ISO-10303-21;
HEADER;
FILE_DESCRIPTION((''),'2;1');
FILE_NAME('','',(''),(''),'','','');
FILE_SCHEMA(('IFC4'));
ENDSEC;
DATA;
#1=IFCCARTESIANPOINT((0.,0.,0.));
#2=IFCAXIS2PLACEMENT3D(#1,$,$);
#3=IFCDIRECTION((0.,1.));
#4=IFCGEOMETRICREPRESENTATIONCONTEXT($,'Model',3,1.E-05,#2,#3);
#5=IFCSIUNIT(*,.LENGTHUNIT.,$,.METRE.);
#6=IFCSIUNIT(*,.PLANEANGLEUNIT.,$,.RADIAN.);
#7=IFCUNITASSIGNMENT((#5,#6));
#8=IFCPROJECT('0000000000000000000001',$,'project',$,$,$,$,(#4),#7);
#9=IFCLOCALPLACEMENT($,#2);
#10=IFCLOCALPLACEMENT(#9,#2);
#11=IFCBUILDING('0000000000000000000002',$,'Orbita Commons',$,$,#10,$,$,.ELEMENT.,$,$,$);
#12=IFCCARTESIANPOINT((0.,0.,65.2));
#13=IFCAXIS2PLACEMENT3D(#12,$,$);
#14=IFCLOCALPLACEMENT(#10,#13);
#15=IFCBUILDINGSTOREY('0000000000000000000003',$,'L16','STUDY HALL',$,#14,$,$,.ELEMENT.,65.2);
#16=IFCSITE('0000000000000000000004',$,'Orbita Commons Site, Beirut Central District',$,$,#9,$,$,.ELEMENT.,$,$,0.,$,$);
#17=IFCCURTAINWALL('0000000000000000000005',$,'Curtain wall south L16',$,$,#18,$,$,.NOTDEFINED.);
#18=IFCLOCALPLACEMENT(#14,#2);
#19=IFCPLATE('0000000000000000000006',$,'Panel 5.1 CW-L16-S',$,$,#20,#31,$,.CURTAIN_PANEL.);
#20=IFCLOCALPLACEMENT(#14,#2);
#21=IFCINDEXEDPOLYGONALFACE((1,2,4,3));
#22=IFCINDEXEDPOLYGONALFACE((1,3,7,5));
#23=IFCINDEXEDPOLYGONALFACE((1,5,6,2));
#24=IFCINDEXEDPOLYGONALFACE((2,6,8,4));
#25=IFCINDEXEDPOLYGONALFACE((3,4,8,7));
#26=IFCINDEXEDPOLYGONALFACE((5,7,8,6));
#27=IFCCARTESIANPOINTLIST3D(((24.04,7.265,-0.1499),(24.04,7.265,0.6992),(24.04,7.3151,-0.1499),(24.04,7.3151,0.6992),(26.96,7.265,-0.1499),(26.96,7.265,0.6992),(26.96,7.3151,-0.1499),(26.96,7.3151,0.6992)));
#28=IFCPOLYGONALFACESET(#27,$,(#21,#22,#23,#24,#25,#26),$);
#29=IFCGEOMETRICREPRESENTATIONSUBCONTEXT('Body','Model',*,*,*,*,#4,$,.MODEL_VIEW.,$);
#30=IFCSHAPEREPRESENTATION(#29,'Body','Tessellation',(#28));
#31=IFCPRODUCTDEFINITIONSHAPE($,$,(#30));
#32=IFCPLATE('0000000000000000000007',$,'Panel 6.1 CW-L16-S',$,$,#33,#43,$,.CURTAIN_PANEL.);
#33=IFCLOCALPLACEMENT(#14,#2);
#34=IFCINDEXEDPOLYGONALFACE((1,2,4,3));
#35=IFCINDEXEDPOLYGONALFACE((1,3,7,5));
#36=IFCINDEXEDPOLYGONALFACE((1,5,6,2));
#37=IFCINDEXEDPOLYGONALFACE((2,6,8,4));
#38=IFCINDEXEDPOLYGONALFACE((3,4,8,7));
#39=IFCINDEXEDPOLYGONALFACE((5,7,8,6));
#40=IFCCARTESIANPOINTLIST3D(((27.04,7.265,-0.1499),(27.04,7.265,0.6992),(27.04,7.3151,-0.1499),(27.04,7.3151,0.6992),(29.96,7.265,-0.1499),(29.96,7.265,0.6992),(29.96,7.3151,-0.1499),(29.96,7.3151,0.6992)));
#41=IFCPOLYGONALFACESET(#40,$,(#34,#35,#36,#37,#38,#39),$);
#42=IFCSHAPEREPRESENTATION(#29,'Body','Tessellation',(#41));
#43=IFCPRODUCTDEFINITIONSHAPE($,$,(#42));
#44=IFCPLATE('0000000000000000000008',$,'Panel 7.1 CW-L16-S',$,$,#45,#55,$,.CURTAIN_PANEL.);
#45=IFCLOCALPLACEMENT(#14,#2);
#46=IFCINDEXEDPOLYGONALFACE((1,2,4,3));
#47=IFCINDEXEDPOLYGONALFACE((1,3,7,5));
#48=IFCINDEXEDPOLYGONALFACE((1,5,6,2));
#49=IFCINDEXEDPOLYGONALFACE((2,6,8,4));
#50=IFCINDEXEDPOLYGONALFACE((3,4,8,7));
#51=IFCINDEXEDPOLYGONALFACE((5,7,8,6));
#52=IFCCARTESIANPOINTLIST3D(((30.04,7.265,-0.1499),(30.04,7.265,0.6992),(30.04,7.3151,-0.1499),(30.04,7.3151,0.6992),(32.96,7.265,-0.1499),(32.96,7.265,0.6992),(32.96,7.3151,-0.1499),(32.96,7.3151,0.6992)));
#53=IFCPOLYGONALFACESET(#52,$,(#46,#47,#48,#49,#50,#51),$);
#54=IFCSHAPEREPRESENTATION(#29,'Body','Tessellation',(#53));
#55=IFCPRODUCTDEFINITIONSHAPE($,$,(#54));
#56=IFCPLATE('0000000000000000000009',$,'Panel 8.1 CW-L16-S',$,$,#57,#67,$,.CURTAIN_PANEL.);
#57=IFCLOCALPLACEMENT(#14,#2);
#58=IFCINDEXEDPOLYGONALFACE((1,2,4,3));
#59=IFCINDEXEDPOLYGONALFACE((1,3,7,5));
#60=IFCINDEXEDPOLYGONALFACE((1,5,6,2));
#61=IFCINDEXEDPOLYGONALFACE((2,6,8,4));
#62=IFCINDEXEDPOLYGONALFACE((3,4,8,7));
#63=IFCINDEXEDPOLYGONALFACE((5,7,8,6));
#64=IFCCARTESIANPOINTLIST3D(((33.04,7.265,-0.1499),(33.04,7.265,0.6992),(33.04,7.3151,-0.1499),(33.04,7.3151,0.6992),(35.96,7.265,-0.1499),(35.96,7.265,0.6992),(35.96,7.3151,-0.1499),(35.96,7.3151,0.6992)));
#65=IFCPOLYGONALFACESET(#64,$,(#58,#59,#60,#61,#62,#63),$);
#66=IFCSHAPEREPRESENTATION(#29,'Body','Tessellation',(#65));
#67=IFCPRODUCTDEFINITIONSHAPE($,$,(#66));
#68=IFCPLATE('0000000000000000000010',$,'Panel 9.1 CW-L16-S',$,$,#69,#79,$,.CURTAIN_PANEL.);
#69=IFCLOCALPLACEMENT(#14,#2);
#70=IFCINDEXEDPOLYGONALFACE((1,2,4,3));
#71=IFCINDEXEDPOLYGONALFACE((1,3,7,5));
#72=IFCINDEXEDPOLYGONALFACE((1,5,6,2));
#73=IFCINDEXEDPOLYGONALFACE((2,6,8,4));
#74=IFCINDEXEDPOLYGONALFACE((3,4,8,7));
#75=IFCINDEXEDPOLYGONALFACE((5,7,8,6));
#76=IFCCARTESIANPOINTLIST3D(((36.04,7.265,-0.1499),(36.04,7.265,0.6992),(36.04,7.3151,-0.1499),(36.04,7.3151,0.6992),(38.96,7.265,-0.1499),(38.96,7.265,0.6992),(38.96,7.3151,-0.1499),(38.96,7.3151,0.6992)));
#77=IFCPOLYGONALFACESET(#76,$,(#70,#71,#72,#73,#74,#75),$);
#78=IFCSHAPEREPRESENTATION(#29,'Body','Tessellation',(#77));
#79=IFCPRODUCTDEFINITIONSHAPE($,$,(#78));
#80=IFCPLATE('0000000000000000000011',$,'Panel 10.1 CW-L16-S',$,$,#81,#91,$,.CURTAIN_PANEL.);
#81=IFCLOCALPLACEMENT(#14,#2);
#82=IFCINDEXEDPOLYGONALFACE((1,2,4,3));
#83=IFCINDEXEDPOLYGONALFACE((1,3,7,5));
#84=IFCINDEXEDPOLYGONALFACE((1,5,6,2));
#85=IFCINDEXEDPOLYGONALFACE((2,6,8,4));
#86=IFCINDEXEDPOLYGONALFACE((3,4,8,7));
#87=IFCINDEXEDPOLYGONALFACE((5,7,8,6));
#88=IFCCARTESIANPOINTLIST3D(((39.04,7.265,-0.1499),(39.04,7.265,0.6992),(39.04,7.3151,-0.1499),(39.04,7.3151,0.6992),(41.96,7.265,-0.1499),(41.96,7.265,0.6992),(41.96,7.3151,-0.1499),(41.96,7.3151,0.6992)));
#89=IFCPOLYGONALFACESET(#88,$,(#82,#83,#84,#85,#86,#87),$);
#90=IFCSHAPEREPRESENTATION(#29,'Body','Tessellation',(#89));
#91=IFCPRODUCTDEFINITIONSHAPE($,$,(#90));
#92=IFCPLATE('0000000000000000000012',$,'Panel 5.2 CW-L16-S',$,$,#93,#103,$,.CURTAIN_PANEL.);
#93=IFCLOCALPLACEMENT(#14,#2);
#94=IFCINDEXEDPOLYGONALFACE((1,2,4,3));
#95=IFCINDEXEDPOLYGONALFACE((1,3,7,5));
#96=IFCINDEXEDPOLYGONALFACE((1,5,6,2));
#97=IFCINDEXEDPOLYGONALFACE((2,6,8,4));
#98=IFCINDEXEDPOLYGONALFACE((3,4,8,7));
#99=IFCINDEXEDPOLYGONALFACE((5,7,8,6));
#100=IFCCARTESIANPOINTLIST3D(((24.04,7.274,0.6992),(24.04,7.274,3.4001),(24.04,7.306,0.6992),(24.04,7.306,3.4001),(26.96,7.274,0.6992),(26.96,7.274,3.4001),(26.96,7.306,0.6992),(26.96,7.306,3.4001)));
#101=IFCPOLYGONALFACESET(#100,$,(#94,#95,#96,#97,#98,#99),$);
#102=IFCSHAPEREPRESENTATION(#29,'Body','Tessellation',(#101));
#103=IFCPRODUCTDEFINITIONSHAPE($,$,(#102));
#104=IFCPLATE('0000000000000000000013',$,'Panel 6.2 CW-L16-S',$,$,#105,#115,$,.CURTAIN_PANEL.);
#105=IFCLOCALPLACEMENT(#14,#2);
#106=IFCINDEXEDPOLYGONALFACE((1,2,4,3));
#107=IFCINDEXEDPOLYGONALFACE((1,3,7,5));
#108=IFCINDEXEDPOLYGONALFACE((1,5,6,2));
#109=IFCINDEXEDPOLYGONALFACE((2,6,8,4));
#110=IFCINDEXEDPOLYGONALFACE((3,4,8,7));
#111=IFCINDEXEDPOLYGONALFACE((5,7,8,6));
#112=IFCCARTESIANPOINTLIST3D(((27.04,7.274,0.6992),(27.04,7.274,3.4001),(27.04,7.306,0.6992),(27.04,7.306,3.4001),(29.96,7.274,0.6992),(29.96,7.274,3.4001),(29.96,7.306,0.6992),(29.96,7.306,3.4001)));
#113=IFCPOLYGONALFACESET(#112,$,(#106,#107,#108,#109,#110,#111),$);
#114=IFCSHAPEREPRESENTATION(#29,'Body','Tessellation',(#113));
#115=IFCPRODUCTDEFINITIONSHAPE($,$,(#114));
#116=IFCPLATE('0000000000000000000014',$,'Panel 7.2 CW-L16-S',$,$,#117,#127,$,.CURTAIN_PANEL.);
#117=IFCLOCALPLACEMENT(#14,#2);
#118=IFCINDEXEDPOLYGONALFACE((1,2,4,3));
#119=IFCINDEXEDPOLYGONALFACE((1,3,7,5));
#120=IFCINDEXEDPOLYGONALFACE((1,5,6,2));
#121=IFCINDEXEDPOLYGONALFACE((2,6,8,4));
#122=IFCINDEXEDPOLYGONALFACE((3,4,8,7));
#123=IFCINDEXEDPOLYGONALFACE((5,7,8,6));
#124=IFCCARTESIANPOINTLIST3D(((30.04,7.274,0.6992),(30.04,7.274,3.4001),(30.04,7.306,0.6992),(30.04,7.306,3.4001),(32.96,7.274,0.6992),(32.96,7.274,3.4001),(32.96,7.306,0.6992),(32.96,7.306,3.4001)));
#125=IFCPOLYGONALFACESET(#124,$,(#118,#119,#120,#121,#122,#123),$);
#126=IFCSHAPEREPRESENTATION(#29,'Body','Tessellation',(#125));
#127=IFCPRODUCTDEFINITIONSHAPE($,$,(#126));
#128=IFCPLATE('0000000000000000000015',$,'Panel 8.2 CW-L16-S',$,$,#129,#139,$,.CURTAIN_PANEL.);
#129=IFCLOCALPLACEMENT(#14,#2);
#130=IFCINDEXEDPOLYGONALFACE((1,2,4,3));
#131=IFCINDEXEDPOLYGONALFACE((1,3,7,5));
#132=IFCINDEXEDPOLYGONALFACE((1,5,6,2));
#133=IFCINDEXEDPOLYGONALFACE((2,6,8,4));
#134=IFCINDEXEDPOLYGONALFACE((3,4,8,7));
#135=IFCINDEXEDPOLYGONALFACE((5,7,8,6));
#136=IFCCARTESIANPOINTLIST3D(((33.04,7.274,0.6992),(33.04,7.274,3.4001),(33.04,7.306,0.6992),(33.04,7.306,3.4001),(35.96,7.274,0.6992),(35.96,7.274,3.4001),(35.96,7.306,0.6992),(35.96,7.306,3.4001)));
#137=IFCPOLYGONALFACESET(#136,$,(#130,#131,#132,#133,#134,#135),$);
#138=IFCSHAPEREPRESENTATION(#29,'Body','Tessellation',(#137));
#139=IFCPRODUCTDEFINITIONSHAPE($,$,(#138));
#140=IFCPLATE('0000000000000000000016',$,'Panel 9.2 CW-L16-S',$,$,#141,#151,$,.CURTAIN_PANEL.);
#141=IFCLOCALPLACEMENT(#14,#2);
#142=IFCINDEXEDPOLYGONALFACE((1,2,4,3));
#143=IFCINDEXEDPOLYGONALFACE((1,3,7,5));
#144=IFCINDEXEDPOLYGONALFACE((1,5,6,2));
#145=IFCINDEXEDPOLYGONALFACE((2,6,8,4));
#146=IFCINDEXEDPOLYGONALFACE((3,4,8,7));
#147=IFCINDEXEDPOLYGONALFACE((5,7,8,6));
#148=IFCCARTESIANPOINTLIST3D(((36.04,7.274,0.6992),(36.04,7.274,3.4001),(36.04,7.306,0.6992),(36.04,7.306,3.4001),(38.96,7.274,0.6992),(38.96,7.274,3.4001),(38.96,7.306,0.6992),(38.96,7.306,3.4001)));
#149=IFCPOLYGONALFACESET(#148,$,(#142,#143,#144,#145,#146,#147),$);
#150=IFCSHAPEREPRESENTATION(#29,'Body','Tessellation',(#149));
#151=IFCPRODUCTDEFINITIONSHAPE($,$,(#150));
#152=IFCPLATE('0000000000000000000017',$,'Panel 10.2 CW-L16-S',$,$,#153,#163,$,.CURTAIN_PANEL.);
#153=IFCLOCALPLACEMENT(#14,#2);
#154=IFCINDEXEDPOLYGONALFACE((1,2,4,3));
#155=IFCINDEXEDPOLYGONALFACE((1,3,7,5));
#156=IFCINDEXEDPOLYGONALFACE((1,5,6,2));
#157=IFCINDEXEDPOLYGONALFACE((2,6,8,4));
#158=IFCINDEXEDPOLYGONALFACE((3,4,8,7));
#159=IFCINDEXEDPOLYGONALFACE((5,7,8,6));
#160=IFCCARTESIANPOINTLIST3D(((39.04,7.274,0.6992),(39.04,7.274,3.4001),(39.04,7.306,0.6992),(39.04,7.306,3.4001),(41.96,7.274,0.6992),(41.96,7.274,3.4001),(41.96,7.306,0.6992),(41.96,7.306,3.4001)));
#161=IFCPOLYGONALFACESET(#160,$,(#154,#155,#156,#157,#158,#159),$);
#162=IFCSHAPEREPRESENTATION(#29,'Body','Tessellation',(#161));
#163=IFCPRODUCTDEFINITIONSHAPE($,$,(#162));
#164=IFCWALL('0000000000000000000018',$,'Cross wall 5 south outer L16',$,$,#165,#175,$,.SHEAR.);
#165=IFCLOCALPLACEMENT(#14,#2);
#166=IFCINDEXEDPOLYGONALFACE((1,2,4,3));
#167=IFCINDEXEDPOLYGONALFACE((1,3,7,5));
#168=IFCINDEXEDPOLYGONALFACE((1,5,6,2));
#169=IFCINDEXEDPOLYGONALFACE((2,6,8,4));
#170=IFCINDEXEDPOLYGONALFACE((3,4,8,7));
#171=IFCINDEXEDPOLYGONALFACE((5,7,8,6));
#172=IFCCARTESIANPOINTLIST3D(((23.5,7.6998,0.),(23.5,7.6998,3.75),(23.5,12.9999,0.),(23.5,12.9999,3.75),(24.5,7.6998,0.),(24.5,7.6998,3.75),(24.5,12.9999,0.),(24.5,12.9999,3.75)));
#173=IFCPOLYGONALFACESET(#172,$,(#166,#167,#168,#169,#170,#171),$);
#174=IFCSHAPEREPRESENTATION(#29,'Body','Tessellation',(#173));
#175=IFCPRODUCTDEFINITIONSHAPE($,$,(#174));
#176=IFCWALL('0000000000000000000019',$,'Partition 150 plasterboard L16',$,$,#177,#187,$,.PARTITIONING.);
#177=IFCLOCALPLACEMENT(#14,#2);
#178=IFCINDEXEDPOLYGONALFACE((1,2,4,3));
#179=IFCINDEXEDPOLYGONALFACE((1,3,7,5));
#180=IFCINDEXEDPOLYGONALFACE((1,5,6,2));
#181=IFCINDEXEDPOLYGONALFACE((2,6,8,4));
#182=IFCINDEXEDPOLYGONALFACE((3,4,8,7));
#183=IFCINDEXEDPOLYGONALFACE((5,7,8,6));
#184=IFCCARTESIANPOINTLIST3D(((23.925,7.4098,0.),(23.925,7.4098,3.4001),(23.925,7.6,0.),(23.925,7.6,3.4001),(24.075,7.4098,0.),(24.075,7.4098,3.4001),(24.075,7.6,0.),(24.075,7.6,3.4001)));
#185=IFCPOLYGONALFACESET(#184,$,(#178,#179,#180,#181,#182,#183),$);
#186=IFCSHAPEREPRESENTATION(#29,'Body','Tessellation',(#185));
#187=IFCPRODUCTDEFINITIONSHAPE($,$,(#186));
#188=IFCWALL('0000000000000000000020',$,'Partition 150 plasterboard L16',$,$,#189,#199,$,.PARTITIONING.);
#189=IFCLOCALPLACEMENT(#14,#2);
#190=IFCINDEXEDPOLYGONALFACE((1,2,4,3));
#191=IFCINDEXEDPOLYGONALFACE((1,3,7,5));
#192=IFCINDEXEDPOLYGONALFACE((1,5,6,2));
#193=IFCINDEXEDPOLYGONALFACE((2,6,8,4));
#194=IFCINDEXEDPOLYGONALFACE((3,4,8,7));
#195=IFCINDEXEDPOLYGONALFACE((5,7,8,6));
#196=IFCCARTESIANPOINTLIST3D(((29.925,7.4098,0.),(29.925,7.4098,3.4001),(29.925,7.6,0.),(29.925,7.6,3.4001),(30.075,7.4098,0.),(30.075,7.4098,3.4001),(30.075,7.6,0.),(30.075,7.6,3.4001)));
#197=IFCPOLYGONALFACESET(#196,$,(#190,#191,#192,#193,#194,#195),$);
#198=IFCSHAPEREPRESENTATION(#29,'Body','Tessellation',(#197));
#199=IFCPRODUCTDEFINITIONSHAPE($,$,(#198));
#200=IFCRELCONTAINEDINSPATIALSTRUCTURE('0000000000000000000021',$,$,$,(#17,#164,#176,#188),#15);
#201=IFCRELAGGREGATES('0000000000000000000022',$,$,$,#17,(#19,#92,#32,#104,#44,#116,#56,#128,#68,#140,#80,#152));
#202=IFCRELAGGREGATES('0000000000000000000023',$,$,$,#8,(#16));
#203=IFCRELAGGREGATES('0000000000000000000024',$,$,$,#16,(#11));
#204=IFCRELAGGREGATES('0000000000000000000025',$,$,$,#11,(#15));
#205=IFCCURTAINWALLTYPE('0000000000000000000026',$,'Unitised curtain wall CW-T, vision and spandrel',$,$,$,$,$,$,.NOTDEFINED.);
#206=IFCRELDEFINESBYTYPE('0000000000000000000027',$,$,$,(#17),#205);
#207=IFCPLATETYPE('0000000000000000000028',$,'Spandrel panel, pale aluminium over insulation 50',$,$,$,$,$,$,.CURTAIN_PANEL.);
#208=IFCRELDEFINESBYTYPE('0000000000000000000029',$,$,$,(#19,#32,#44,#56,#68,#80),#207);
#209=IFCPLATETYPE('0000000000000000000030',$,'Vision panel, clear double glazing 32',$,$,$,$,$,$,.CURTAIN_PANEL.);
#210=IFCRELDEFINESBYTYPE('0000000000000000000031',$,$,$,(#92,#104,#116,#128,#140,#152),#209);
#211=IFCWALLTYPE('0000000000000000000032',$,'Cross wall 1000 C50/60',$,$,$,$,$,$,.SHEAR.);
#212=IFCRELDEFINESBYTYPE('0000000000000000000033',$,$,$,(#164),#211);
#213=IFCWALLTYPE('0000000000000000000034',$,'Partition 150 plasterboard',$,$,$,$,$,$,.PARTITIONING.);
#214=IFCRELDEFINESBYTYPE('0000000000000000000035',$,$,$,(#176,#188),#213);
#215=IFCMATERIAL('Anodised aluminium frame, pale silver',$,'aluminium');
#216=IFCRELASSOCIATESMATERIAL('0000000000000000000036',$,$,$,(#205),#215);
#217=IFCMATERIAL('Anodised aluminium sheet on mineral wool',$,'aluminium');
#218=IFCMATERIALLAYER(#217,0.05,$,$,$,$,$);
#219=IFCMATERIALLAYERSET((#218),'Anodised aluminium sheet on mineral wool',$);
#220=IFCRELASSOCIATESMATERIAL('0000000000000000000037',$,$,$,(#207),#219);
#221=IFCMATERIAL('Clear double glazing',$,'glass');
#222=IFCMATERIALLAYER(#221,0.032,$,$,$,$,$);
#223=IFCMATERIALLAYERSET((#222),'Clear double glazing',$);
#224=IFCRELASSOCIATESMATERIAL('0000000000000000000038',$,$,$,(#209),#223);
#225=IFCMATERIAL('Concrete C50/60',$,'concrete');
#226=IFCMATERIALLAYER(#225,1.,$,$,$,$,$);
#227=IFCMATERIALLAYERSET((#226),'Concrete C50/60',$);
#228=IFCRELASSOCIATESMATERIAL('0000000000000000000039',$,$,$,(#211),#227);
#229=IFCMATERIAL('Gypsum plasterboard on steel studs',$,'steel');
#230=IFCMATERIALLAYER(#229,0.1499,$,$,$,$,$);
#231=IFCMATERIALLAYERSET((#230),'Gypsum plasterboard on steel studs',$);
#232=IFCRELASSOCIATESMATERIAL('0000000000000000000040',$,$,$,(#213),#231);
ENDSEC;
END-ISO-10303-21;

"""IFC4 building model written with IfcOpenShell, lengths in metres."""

from ifc_helpers import new_model, si_unit, direction, frame, frame_2d, origin, origin_2d, place, context, subcontext, project, spatial, rectangle, extrude, material, layer, layer_set, type_object, element, aggregate, save


model = new_model("IFC4")

# Units and contexts
model_context = context("Model", 3, precision=1e-05, world=origin(), true_north=direction((0.0, 1.0)))
body_context = subcontext(model_context, "Body", "Model", "MODEL_VIEW")
ifc_project = project(units=[si_unit("LENGTHUNIT", "METRE"), si_unit("PLANEANGLEUNIT", "RADIAN")], contexts=[model_context])

# Site, building, storey
site_placement = place(None, origin())
site = spatial("IfcSite", under=ifc_project, at=site_placement, Name="Orbita Commons Site, Beirut Central District", CompositionType="ELEMENT", RefElevation=0.0)
building_placement = place(site_placement, origin())
building = spatial("IfcBuilding", under=site, at=building_placement, Name="Orbita Commons", CompositionType="ELEMENT")
storey_placement = place(building_placement, frame((0.0, 0.0, 65.2)))
storey = spatial("IfcBuildingStorey", under=building, at=storey_placement, Name="L16", Description="STUDY HALL", CompositionType="ELEMENT", Elevation=65.2)

# Curtain wall, plates
ifc_material_1 = material(Name="Anodised aluminium frame, pale silver", Category="aluminium")
curtain_wall_type = type_object("IfcCurtainWallType", Name="Unitised curtain wall CW-T, vision and spandrel", PredefinedType="NOTDEFINED", material=ifc_material_1)
curtain_wall_placement = place(storey_placement, origin())
curtain_wall = element("IfcCurtainWall", 1, at=curtain_wall_placement, inside=storey, type_object=curtain_wall_type, Name="Curtain wall south L16", PredefinedType="NOTDEFINED")
ifc_material_2 = material(Name="Anodised aluminium sheet on mineral wool", Category="aluminium")
ifc_layer_1 = layer(ifc_material_2, 0.05)
ifc_layer_set_1 = layer_set([ifc_layer_1], Name="Anodised aluminium sheet on mineral wool")
plate_type_1 = type_object("IfcPlateType", Name="Spandrel panel, pale aluminium over insulation 50", PredefinedType="CURTAIN_PANEL", material=ifc_layer_set_1)
plate_1_placement = place(storey_placement, frame((25.5, 7.29, -0.1499), z_axis=(0.0, 0.0, 1.0), x_axis=(1.0, 0.0, 0.0)))
plate_1 = element("IfcPlate", 2, at=plate_1_placement, type_object=plate_type_1, Name="Panel 5.1 CW-L16-S", PredefinedType="CURTAIN_PANEL", context=body_context, shape_type="SweptSolid", body=[
    extrude(rectangle(XDim=2.9199, YDim=0.05, at=origin_2d()), origin(), (0.0, 0.0, 1.0), 0.8491),
])
plate_2_placement = place(storey_placement, frame((28.5, 7.29, -0.1499), z_axis=(0.0, 0.0, 1.0), x_axis=(1.0, 0.0, 0.0)))
plate_2 = element("IfcPlate", 3, at=plate_2_placement, type_object=plate_type_1, Name="Panel 6.1 CW-L16-S", PredefinedType="CURTAIN_PANEL", context=body_context, shape_type="SweptSolid", body=[
    extrude(rectangle(XDim=2.9199, YDim=0.05, at=origin_2d()), origin(), (0.0, 0.0, 1.0), 0.8491),
])
plate_3_placement = place(storey_placement, frame((31.5, 7.29, -0.1499), z_axis=(0.0, 0.0, 1.0), x_axis=(1.0, 0.0, 0.0)))
plate_3 = element("IfcPlate", 4, at=plate_3_placement, type_object=plate_type_1, Name="Panel 7.1 CW-L16-S", PredefinedType="CURTAIN_PANEL", context=body_context, shape_type="SweptSolid", body=[
    extrude(rectangle(XDim=2.9199, YDim=0.05, at=origin_2d()), origin(), (0.0, 0.0, 1.0), 0.8491),
])
plate_4_placement = place(storey_placement, frame((34.5, 7.29, -0.1499), z_axis=(0.0, 0.0, 1.0), x_axis=(1.0, 0.0, 0.0)))
plate_4 = element("IfcPlate", 5, at=plate_4_placement, type_object=plate_type_1, Name="Panel 8.1 CW-L16-S", PredefinedType="CURTAIN_PANEL", context=body_context, shape_type="SweptSolid", body=[
    extrude(rectangle(XDim=2.9199, YDim=0.05, at=origin_2d()), origin(), (0.0, 0.0, 1.0), 0.8491),
])
plate_5_placement = place(storey_placement, frame((37.5, 7.29, -0.1499), z_axis=(0.0, 0.0, 1.0), x_axis=(1.0, 0.0, 0.0)))
plate_5 = element("IfcPlate", 6, at=plate_5_placement, type_object=plate_type_1, Name="Panel 9.1 CW-L16-S", PredefinedType="CURTAIN_PANEL", context=body_context, shape_type="SweptSolid", body=[
    extrude(rectangle(XDim=2.9199, YDim=0.05, at=origin_2d()), origin(), (0.0, 0.0, 1.0), 0.8491),
])
plate_6_placement = place(storey_placement, frame((40.5, 7.29, -0.1499), z_axis=(0.0, 0.0, 1.0), x_axis=(1.0, 0.0, 0.0)))
plate_6 = element("IfcPlate", 7, at=plate_6_placement, type_object=plate_type_1, Name="Panel 10.1 CW-L16-S", PredefinedType="CURTAIN_PANEL", context=body_context, shape_type="SweptSolid", body=[
    extrude(rectangle(XDim=2.9199, YDim=0.05, at=origin_2d()), origin(), (0.0, 0.0, 1.0), 0.8491),
])
ifc_material_3 = material(Name="Clear double glazing", Category="glass")
ifc_layer_2 = layer(ifc_material_3, 0.032)
ifc_layer_set_2 = layer_set([ifc_layer_2], Name="Clear double glazing")
plate_type_2 = type_object("IfcPlateType", Name="Vision panel, clear double glazing 32", PredefinedType="CURTAIN_PANEL", material=ifc_layer_set_2)
plate_7_placement = place(storey_placement, frame((25.5, 7.29, 0.6992), z_axis=(0.0, 0.0, 1.0), x_axis=(1.0, 0.0, 0.0)))
plate_7 = element("IfcPlate", 8, at=plate_7_placement, type_object=plate_type_2, Name="Panel 5.2 CW-L16-S", PredefinedType="CURTAIN_PANEL", context=body_context, shape_type="SweptSolid", body=[
    extrude(rectangle(XDim=2.9199, YDim=0.032, at=origin_2d()), origin(), (0.0, 0.0, 1.0), 2.7009),
])
plate_8_placement = place(storey_placement, frame((28.5, 7.29, 0.6992), z_axis=(0.0, 0.0, 1.0), x_axis=(1.0, 0.0, 0.0)))
plate_8 = element("IfcPlate", 9, at=plate_8_placement, type_object=plate_type_2, Name="Panel 6.2 CW-L16-S", PredefinedType="CURTAIN_PANEL", context=body_context, shape_type="SweptSolid", body=[
    extrude(rectangle(XDim=2.9199, YDim=0.032, at=origin_2d()), origin(), (0.0, 0.0, 1.0), 2.7009),
])
plate_9_placement = place(storey_placement, frame((31.5, 7.29, 0.6992), z_axis=(0.0, 0.0, 1.0), x_axis=(1.0, 0.0, 0.0)))
plate_9 = element("IfcPlate", 10, at=plate_9_placement, type_object=plate_type_2, Name="Panel 7.2 CW-L16-S", PredefinedType="CURTAIN_PANEL", context=body_context, shape_type="SweptSolid", body=[
    extrude(rectangle(XDim=2.9199, YDim=0.032, at=origin_2d()), origin(), (0.0, 0.0, 1.0), 2.7009),
])
plate_10_placement = place(storey_placement, frame((34.5, 7.29, 0.6992), z_axis=(0.0, 0.0, 1.0), x_axis=(1.0, 0.0, 0.0)))
plate_10 = element("IfcPlate", 11, at=plate_10_placement, type_object=plate_type_2, Name="Panel 8.2 CW-L16-S", PredefinedType="CURTAIN_PANEL", context=body_context, shape_type="SweptSolid", body=[
    extrude(rectangle(XDim=2.9199, YDim=0.032, at=origin_2d()), origin(), (0.0, 0.0, 1.0), 2.7009),
])
plate_11_placement = place(storey_placement, frame((37.5, 7.29, 0.6992), z_axis=(0.0, 0.0, 1.0), x_axis=(1.0, 0.0, 0.0)))
plate_11 = element("IfcPlate", 12, at=plate_11_placement, type_object=plate_type_2, Name="Panel 9.2 CW-L16-S", PredefinedType="CURTAIN_PANEL", context=body_context, shape_type="SweptSolid", body=[
    extrude(rectangle(XDim=2.9199, YDim=0.032, at=origin_2d()), origin(), (0.0, 0.0, 1.0), 2.7009),
])
plate_12_placement = place(storey_placement, frame((40.5, 7.29, 0.6992), z_axis=(0.0, 0.0, 1.0), x_axis=(1.0, 0.0, 0.0)))
plate_12 = element("IfcPlate", 13, at=plate_12_placement, type_object=plate_type_2, Name="Panel 10.2 CW-L16-S", PredefinedType="CURTAIN_PANEL", context=body_context, shape_type="SweptSolid", body=[
    extrude(rectangle(XDim=2.9199, YDim=0.032, at=origin_2d()), origin(), (0.0, 0.0, 1.0), 2.7009),
])
aggregate(curtain_wall, [plate_1, plate_7, plate_2, plate_8, plate_3, plate_9, plate_4, plate_10, plate_5, plate_11, plate_6, plate_12])

# Walls
ifc_material_4 = material(Name="Concrete C50/60", Category="concrete")
ifc_layer_3 = layer(ifc_material_4, 1.0)
ifc_layer_set_3 = layer_set([ifc_layer_3], Name="Concrete C50/60")
wall_type_1 = type_object("IfcWallType", Name="Cross wall 1000 C50/60", PredefinedType="SHEAR", material=ifc_layer_set_3)
wall_1_placement = place(storey_placement, frame((24.0, 7.7, 0.0), z_axis=(0.0, 0.0, 1.0), x_axis=(0.0, 1.0, 0.0)))
element("IfcWall", 14, at=wall_1_placement, inside=storey, type_object=wall_type_1, Name="Cross wall 5 south outer L16", PredefinedType="SHEAR", context=body_context, shape_type="SweptSolid", body=[
    extrude(rectangle(XDim=5.3, YDim=1.0, at=frame_2d((2.6499, 0.0))), origin(), (0.0, 0.0, 1.0), 3.75),
])
ifc_material_5 = material(Name="Gypsum plasterboard on steel studs", Category="steel")
ifc_layer_4 = layer(ifc_material_5, 0.1499)
ifc_layer_set_4 = layer_set([ifc_layer_4], Name="Gypsum plasterboard on steel studs")
wall_type_2 = type_object("IfcWallType", Name="Partition 150 plasterboard", PredefinedType="PARTITIONING", material=ifc_layer_set_4)
for number, where, z_axis, x_axis, name in (
    (15, (24.0, 7.6001, 0.0), (0.0, 0.0, 1.0), (0.0, -1.0, 0.0), "Partition 150 plasterboard L16"),
    (16, (30.0, 7.6001, 0.0), (0.0, 0.0, 1.0), (0.0, -1.0, 0.0), "Partition 150 plasterboard L16"),
):
    element("IfcWall", number, at=place(storey_placement, frame(where, z_axis=z_axis, x_axis=x_axis)), inside=storey, type_object=wall_type_2, Name=name, PredefinedType="PARTITIONING", context=body_context, shape_type="SweptSolid", body=[
        extrude(rectangle(XDim=0.1902, YDim=0.1499, at=frame_2d((0.0952, 0.0))), origin(), (0.0, 0.0, 1.0), 3.4001),
    ])

save(model, "model.ifc")
